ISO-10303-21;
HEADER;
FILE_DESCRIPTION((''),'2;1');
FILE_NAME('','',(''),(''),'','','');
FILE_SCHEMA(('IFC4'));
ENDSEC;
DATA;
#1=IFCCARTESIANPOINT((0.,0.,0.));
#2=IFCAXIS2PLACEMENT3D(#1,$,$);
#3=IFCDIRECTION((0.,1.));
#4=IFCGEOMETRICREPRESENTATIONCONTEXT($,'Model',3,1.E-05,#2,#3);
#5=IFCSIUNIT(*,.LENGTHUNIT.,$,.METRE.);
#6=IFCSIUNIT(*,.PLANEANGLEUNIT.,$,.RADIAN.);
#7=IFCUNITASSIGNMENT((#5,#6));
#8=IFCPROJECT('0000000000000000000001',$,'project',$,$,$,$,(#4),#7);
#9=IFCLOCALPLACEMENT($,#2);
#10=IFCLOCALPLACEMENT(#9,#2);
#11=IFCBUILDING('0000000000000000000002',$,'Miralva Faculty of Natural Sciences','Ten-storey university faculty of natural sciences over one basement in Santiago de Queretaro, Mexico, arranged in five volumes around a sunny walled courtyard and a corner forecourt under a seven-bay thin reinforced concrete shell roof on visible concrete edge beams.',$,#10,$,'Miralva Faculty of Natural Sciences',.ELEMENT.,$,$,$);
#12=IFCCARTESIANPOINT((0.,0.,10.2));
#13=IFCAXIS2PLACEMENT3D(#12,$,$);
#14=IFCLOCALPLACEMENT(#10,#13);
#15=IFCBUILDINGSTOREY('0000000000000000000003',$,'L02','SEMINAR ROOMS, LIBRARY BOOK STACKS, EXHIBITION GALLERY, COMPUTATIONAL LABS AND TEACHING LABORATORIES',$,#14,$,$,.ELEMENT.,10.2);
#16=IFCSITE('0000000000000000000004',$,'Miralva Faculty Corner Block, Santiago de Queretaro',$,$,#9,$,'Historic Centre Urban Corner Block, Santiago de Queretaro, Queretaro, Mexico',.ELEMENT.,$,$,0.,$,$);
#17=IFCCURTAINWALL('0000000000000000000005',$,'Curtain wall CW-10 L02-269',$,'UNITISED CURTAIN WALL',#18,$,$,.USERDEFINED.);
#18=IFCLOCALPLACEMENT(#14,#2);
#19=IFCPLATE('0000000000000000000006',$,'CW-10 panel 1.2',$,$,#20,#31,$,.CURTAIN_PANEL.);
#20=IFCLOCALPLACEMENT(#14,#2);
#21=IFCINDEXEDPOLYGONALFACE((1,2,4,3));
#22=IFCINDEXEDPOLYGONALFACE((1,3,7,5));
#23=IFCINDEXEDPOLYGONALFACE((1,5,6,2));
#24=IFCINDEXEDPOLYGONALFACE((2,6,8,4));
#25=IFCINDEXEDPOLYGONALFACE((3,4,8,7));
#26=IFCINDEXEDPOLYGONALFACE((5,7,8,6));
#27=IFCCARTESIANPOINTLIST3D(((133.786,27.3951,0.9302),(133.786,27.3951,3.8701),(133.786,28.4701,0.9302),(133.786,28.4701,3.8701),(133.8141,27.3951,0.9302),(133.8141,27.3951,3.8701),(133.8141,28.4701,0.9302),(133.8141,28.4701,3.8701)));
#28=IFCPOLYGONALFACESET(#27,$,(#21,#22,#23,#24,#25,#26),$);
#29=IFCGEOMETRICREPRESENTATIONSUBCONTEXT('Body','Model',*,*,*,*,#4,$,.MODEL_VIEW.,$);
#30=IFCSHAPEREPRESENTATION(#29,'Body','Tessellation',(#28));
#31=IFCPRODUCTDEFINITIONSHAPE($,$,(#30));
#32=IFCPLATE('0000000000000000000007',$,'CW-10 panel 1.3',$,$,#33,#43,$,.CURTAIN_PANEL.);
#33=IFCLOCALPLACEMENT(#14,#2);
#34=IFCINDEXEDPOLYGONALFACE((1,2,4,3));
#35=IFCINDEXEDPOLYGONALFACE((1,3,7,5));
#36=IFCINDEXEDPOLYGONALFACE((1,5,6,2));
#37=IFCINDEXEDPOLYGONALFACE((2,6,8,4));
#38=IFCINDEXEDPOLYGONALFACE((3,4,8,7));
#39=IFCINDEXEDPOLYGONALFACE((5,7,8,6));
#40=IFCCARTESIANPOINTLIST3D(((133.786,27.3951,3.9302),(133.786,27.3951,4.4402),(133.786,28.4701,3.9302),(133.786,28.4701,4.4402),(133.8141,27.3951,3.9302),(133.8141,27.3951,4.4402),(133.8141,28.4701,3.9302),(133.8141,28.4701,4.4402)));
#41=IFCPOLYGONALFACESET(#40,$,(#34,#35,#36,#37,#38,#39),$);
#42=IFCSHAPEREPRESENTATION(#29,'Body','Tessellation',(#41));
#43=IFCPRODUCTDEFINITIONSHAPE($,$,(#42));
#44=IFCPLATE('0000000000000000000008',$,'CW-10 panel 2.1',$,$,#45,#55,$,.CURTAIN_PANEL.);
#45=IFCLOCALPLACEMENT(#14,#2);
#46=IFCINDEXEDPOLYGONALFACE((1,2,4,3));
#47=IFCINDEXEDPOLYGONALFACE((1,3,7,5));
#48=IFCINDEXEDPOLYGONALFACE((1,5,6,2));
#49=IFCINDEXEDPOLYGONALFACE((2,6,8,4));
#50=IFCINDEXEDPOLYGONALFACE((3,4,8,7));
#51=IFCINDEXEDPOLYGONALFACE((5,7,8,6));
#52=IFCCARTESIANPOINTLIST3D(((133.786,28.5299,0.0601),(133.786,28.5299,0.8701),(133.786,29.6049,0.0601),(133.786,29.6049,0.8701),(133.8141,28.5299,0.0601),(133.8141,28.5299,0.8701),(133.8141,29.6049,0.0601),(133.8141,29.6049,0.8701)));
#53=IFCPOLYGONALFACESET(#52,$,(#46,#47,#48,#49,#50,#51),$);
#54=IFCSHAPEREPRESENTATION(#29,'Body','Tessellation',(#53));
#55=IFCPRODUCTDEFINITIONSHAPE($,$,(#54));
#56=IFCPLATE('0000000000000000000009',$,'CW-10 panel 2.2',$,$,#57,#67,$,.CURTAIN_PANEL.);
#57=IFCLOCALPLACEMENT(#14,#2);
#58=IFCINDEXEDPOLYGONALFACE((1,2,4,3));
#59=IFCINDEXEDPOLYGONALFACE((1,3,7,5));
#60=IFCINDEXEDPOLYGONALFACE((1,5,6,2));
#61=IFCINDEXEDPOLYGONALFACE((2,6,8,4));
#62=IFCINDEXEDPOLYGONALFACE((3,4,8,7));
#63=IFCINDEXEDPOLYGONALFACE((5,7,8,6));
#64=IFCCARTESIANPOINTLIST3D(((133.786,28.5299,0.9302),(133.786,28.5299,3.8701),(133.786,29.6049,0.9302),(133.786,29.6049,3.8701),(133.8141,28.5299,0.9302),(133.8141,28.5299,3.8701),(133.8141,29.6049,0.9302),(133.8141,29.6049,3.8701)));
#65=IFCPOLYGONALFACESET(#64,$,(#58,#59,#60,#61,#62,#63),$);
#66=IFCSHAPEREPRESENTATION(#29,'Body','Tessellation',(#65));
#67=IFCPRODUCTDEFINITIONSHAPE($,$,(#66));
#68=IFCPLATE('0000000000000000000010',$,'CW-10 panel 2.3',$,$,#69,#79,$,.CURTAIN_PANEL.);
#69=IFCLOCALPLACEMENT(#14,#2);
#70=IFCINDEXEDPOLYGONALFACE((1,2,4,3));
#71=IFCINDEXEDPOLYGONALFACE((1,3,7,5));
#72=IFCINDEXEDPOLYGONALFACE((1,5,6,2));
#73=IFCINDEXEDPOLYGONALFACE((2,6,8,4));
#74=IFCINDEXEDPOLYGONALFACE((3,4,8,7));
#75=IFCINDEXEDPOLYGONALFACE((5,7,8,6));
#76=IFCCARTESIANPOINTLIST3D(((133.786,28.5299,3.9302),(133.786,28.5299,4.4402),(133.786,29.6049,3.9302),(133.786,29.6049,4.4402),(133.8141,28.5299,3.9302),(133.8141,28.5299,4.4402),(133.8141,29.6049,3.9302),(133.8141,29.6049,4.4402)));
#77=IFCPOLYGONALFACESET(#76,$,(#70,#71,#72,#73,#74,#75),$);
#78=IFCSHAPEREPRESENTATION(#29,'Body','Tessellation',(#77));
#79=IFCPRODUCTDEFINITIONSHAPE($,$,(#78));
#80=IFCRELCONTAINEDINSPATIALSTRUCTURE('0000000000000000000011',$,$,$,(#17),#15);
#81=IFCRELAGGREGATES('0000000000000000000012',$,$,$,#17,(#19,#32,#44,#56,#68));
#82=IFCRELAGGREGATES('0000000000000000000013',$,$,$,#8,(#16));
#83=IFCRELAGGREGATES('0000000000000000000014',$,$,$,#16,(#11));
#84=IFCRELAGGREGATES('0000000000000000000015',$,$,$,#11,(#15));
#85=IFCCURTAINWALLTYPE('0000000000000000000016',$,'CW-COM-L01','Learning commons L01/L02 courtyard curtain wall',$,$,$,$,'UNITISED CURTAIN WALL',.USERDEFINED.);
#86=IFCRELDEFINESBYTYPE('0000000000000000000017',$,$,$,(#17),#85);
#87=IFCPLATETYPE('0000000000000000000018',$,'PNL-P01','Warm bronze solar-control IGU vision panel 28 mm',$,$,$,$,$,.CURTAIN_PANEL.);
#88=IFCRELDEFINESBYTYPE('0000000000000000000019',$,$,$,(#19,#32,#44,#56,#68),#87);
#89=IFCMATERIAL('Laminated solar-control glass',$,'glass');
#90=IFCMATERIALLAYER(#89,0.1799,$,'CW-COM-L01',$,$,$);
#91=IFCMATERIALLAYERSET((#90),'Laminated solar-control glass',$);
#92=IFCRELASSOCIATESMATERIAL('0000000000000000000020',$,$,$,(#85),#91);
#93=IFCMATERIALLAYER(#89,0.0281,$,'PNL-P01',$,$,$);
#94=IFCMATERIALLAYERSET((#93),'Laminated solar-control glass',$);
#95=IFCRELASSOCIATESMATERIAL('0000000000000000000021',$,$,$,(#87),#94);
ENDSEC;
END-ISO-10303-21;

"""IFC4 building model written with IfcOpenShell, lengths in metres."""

from ifc_helpers import new_model, si_unit, direction, frame, origin, origin_2d, place, context, subcontext, project, spatial, rectangle, extrude, material, layer, layer_set, type_object, element, aggregate, save


model = new_model("IFC4")

# Units and contexts
model_context = context("Model", 3, precision=1e-05, world=origin(), true_north=direction((0.0, 1.0)))
body_context = subcontext(model_context, "Body", "Model", "MODEL_VIEW")
ifc_project = project(units=[si_unit("LENGTHUNIT", "METRE"), si_unit("PLANEANGLEUNIT", "RADIAN")], contexts=[model_context])

# Site, building, storey
site_placement = place(None, origin())
site = spatial("IfcSite", under=ifc_project, at=site_placement, Name="Miralva Faculty Corner Block, Santiago de Queretaro", LongName="Historic Centre Urban Corner Block, Santiago de Queretaro, Queretaro, Mexico", CompositionType="ELEMENT", RefElevation=0.0)
building_placement = place(site_placement, origin())
building = spatial("IfcBuilding", under=site, at=building_placement, Name="Miralva Faculty of Natural Sciences", Description="Ten-storey university faculty of natural sciences over one basement in Santiago de Queretaro, Mexico, arranged in five volumes around a sunny walled courtyard and a corner forecourt under a seven-bay thin reinforced concrete shell roof on visible concrete edge beams.", LongName="Miralva Faculty of Natural Sciences", CompositionType="ELEMENT")
storey_placement = place(building_placement, frame((0.0, 0.0, 10.2)))
storey = spatial("IfcBuildingStorey", under=building, at=storey_placement, Name="L02", Description="SEMINAR ROOMS, LIBRARY BOOK STACKS, EXHIBITION GALLERY, COMPUTATIONAL LABS AND TEACHING LABORATORIES", CompositionType="ELEMENT", Elevation=10.2)

# Curtain wall
ifc_material_1 = material(Name="Laminated solar-control glass", Category="glass")
ifc_layer_1 = layer(ifc_material_1, 0.1799, Name="CW-COM-L01")
ifc_layer_set_1 = layer_set([ifc_layer_1], Name="Laminated solar-control glass")
curtain_wall_type = type_object("IfcCurtainWallType", Name="CW-COM-L01", Description="Learning commons L01/L02 courtyard curtain wall", ElementType="UNITISED CURTAIN WALL", PredefinedType="USERDEFINED", material=ifc_layer_set_1)
curtain_wall_1_placement = place(storey_placement, origin())
curtain_wall_1 = element("IfcCurtainWall", 1, at=curtain_wall_1_placement, inside=storey, type_object=curtain_wall_type, Name="Curtain wall CW-10 L02-269", ObjectType="UNITISED CURTAIN WALL", PredefinedType="USERDEFINED")

# Plates
ifc_layer_2 = layer(ifc_material_1, 0.0281, Name="PNL-P01")
ifc_layer_set_2 = layer_set([ifc_layer_2], Name="Laminated solar-control glass")
plate_type = type_object("IfcPlateType", Name="PNL-P01", Description="Warm bronze solar-control IGU vision panel 28 mm", PredefinedType="CURTAIN_PANEL", material=ifc_layer_set_2)
plate_1_placement = place(storey_placement, frame((133.8, 27.9326, 0.9302), z_axis=(0.0, 0.0, 1.0), x_axis=(0.0, 1.0, 0.0)))
plate_1 = element("IfcPlate", 2, at=plate_1_placement, type_object=plate_type, Name="CW-10 panel 1.2", PredefinedType="CURTAIN_PANEL", context=body_context, shape_type="SweptSolid", body=[
    extrude(rectangle(XDim=1.075, YDim=0.0281, at=origin_2d()), origin(), (0.0, 0.0, 1.0), 2.9399),
])
plate_2_placement = place(storey_placement, frame((133.8, 27.9326, 3.9302), z_axis=(0.0, 0.0, 1.0), x_axis=(0.0, 1.0, 0.0)))
plate_2 = element("IfcPlate", 3, at=plate_2_placement, type_object=plate_type, Name="CW-10 panel 1.3", PredefinedType="CURTAIN_PANEL", context=body_context, shape_type="SweptSolid", body=[
    extrude(rectangle(XDim=1.075, YDim=0.0281, at=origin_2d()), origin(), (0.0, 0.0, 1.0), 0.51),
])
plate_3_placement = place(storey_placement, frame((133.8, 29.0674, 0.0601), z_axis=(0.0, 0.0, 1.0), x_axis=(0.0, 1.0, 0.0)))
plate_3 = element("IfcPlate", 4, at=plate_3_placement, type_object=plate_type, Name="CW-10 panel 2.1", PredefinedType="CURTAIN_PANEL", context=body_context, shape_type="SweptSolid", body=[
    extrude(rectangle(XDim=1.075, YDim=0.0281, at=origin_2d()), origin(), (0.0, 0.0, 1.0), 0.8101),
])
plate_4_placement = place(storey_placement, frame((133.8, 29.0674, 0.9302), z_axis=(0.0, 0.0, 1.0), x_axis=(0.0, 1.0, 0.0)))
plate_4 = element("IfcPlate", 5, at=plate_4_placement, type_object=plate_type, Name="CW-10 panel 2.2", PredefinedType="CURTAIN_PANEL", context=body_context, shape_type="SweptSolid", body=[
    extrude(rectangle(XDim=1.075, YDim=0.0281, at=origin_2d()), origin(), (0.0, 0.0, 1.0), 2.9399),
])
plate_5_placement = place(storey_placement, frame((133.8, 29.0674, 3.9302), z_axis=(0.0, 0.0, 1.0), x_axis=(0.0, 1.0, 0.0)))
plate_5 = element("IfcPlate", 6, at=plate_5_placement, type_object=plate_type, Name="CW-10 panel 2.3", PredefinedType="CURTAIN_PANEL", context=body_context, shape_type="SweptSolid", body=[
    extrude(rectangle(XDim=1.075, YDim=0.0281, at=origin_2d()), origin(), (0.0, 0.0, 1.0), 0.51),
])
aggregate(curtain_wall_1, [plate_1, plate_2, plate_3, plate_4, plate_5])

save(model, "model.ifc")
